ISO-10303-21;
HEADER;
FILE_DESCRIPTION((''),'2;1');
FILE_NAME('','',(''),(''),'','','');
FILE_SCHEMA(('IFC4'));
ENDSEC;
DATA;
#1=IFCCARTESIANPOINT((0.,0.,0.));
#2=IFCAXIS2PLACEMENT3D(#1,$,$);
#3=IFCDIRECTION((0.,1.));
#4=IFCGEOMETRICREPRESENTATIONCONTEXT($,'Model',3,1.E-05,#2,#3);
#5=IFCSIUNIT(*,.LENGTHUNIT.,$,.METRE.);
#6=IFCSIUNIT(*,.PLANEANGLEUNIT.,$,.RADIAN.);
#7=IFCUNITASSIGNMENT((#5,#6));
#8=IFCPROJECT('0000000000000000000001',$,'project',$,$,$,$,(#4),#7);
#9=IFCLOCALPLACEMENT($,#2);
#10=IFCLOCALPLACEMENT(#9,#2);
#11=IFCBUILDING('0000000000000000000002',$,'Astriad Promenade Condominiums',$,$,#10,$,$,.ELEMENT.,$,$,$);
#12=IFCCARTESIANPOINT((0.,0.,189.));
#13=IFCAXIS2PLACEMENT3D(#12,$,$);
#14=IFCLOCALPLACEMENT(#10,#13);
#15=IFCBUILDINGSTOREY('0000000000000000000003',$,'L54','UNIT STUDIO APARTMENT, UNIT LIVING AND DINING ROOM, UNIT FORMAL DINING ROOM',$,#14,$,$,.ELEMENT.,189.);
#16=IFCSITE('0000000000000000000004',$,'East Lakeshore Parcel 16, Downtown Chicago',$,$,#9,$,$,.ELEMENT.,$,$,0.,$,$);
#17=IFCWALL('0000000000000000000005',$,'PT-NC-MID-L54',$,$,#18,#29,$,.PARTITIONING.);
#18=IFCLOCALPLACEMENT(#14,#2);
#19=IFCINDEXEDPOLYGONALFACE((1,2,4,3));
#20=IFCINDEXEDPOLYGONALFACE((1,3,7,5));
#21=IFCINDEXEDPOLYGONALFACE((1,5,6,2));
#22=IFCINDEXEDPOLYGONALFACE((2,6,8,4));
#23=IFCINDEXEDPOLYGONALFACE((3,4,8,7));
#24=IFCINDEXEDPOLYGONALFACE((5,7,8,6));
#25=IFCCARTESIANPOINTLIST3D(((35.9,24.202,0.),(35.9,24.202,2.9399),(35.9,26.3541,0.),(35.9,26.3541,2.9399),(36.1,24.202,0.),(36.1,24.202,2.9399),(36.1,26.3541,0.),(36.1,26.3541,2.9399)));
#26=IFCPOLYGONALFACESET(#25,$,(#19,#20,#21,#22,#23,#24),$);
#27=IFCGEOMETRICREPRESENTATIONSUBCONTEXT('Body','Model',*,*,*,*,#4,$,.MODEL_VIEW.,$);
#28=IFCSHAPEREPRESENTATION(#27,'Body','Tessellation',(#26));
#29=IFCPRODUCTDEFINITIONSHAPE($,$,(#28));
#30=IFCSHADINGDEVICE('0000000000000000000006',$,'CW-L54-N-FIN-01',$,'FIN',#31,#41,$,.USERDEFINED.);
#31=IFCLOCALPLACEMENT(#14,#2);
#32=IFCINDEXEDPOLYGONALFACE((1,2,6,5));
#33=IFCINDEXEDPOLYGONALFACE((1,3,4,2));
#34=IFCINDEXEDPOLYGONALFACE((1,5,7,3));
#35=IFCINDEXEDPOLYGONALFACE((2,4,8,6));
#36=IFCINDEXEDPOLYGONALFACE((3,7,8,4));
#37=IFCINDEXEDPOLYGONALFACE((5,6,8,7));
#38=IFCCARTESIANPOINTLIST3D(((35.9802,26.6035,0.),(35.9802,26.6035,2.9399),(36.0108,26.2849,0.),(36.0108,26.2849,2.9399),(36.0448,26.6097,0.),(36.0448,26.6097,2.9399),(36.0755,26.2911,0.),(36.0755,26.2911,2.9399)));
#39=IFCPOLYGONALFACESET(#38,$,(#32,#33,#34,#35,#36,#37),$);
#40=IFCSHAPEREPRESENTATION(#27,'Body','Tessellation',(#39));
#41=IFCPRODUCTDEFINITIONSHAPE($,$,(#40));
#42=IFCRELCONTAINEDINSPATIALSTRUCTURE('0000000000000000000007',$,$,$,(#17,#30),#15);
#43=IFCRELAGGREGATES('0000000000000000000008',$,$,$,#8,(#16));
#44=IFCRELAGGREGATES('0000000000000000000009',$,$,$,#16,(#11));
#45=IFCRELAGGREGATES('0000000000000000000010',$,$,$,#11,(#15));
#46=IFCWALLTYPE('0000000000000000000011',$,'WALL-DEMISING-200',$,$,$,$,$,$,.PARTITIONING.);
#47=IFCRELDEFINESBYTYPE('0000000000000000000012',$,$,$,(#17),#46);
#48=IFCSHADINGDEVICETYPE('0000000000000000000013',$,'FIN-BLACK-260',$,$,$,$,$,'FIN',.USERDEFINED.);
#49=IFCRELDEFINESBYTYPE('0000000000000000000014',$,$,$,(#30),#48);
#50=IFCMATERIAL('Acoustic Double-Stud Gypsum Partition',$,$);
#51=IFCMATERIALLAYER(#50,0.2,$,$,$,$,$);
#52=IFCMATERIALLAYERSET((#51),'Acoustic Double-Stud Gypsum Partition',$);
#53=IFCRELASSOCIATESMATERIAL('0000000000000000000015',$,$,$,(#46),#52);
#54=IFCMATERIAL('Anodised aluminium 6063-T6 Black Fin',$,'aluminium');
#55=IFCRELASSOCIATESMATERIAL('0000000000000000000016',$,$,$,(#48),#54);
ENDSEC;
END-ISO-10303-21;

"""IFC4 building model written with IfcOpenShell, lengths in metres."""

from ifc_helpers import new_model, si_unit, direction, frame, frame_2d, origin, origin_2d, place, context, subcontext, project, spatial, rectangle, extrude, source, transform, mapped, material, layer, layer_set, type_object, type_shapes, element, save


model = new_model("IFC4")

# Units and contexts
model_context = context("Model", 3, precision=1e-05, world=origin(), true_north=direction((0.0, 1.0)))
body_context = subcontext(model_context, "Body", "Model", "MODEL_VIEW")
ifc_project = project(units=[si_unit("LENGTHUNIT", "METRE"), si_unit("PLANEANGLEUNIT", "RADIAN")], contexts=[model_context])

# Site, building, storey
site_placement = place(None, origin())
site = spatial("IfcSite", under=ifc_project, at=site_placement, Name="East Lakeshore Parcel 16, Downtown Chicago", CompositionType="ELEMENT", RefElevation=0.0)
building_placement = place(site_placement, origin())
building = spatial("IfcBuilding", under=site, at=building_placement, Name="Astriad Promenade Condominiums", CompositionType="ELEMENT")
storey_placement = place(building_placement, frame((0.0, 0.0, 189.0)))
storey = spatial("IfcBuildingStorey", under=building, at=storey_placement, Name="L54", Description="UNIT STUDIO APARTMENT, UNIT LIVING AND DINING ROOM, UNIT FORMAL DINING ROOM", CompositionType="ELEMENT", Elevation=189.0)

# Wall
ifc_material_1 = material(Name="Acoustic Double-Stud Gypsum Partition")
ifc_layer_1 = layer(ifc_material_1, 0.2)
ifc_layer_set_1 = layer_set([ifc_layer_1], Name="Acoustic Double-Stud Gypsum Partition")
wall_type_1 = type_object("IfcWallType", Name="WALL-DEMISING-200", PredefinedType="PARTITIONING", material=ifc_layer_set_1)
wall_1_placement = place(storey_placement, frame((36.0, 24.2019, 0.0), z_axis=(0.0, 0.0, 1.0), x_axis=(0.0, 1.0, 0.0)))
element("IfcWall", 1, at=wall_1_placement, inside=storey, type_object=wall_type_1, Name="PT-NC-MID-L54", PredefinedType="PARTITIONING", context=body_context, shape_type="SweptSolid", body=[
    extrude(rectangle(XDim=2.1521, YDim=0.2, at=frame_2d((1.0762, 0.0))), origin(), (0.0, 0.0, 1.0), 2.9399),
])

# Shading device
ifc_material_2 = material(Name="Anodised aluminium 6063-T6 Black Fin", Category="aluminium")
shading_device_type = type_object("IfcShadingDeviceType", Name="FIN-BLACK-260", ElementType="FIN", PredefinedType="USERDEFINED", material=ifc_material_2)
shared_shape_1 = source(origin(), body_context, "Body", "SweptSolid", [
    extrude(rectangle(XDim=0.0649, YDim=0.3201, at=origin_2d()), origin(), (0.0, 0.0, 1.0), 2.9399),
])
type_shapes(shading_device_type, [shared_shape_1])
shading_device_placement = place(storey_placement, frame((36.0278, 26.4473, 0.0), z_axis=(0.0, 0.0, 1.0), x_axis=(0.995396, 0.095846, 0.0)))
element("IfcShadingDevice", 2, at=shading_device_placement, inside=storey, type_object=shading_device_type, Name="CW-L54-N-FIN-01", ObjectType="FIN", PredefinedType="USERDEFINED", context=body_context, shape_type="MappedRepresentation", body=[
    mapped(shared_shape_1, transform((0.0, 0.0, 0.0), scale=1.0)),
])

save(model, "model.ifc")
